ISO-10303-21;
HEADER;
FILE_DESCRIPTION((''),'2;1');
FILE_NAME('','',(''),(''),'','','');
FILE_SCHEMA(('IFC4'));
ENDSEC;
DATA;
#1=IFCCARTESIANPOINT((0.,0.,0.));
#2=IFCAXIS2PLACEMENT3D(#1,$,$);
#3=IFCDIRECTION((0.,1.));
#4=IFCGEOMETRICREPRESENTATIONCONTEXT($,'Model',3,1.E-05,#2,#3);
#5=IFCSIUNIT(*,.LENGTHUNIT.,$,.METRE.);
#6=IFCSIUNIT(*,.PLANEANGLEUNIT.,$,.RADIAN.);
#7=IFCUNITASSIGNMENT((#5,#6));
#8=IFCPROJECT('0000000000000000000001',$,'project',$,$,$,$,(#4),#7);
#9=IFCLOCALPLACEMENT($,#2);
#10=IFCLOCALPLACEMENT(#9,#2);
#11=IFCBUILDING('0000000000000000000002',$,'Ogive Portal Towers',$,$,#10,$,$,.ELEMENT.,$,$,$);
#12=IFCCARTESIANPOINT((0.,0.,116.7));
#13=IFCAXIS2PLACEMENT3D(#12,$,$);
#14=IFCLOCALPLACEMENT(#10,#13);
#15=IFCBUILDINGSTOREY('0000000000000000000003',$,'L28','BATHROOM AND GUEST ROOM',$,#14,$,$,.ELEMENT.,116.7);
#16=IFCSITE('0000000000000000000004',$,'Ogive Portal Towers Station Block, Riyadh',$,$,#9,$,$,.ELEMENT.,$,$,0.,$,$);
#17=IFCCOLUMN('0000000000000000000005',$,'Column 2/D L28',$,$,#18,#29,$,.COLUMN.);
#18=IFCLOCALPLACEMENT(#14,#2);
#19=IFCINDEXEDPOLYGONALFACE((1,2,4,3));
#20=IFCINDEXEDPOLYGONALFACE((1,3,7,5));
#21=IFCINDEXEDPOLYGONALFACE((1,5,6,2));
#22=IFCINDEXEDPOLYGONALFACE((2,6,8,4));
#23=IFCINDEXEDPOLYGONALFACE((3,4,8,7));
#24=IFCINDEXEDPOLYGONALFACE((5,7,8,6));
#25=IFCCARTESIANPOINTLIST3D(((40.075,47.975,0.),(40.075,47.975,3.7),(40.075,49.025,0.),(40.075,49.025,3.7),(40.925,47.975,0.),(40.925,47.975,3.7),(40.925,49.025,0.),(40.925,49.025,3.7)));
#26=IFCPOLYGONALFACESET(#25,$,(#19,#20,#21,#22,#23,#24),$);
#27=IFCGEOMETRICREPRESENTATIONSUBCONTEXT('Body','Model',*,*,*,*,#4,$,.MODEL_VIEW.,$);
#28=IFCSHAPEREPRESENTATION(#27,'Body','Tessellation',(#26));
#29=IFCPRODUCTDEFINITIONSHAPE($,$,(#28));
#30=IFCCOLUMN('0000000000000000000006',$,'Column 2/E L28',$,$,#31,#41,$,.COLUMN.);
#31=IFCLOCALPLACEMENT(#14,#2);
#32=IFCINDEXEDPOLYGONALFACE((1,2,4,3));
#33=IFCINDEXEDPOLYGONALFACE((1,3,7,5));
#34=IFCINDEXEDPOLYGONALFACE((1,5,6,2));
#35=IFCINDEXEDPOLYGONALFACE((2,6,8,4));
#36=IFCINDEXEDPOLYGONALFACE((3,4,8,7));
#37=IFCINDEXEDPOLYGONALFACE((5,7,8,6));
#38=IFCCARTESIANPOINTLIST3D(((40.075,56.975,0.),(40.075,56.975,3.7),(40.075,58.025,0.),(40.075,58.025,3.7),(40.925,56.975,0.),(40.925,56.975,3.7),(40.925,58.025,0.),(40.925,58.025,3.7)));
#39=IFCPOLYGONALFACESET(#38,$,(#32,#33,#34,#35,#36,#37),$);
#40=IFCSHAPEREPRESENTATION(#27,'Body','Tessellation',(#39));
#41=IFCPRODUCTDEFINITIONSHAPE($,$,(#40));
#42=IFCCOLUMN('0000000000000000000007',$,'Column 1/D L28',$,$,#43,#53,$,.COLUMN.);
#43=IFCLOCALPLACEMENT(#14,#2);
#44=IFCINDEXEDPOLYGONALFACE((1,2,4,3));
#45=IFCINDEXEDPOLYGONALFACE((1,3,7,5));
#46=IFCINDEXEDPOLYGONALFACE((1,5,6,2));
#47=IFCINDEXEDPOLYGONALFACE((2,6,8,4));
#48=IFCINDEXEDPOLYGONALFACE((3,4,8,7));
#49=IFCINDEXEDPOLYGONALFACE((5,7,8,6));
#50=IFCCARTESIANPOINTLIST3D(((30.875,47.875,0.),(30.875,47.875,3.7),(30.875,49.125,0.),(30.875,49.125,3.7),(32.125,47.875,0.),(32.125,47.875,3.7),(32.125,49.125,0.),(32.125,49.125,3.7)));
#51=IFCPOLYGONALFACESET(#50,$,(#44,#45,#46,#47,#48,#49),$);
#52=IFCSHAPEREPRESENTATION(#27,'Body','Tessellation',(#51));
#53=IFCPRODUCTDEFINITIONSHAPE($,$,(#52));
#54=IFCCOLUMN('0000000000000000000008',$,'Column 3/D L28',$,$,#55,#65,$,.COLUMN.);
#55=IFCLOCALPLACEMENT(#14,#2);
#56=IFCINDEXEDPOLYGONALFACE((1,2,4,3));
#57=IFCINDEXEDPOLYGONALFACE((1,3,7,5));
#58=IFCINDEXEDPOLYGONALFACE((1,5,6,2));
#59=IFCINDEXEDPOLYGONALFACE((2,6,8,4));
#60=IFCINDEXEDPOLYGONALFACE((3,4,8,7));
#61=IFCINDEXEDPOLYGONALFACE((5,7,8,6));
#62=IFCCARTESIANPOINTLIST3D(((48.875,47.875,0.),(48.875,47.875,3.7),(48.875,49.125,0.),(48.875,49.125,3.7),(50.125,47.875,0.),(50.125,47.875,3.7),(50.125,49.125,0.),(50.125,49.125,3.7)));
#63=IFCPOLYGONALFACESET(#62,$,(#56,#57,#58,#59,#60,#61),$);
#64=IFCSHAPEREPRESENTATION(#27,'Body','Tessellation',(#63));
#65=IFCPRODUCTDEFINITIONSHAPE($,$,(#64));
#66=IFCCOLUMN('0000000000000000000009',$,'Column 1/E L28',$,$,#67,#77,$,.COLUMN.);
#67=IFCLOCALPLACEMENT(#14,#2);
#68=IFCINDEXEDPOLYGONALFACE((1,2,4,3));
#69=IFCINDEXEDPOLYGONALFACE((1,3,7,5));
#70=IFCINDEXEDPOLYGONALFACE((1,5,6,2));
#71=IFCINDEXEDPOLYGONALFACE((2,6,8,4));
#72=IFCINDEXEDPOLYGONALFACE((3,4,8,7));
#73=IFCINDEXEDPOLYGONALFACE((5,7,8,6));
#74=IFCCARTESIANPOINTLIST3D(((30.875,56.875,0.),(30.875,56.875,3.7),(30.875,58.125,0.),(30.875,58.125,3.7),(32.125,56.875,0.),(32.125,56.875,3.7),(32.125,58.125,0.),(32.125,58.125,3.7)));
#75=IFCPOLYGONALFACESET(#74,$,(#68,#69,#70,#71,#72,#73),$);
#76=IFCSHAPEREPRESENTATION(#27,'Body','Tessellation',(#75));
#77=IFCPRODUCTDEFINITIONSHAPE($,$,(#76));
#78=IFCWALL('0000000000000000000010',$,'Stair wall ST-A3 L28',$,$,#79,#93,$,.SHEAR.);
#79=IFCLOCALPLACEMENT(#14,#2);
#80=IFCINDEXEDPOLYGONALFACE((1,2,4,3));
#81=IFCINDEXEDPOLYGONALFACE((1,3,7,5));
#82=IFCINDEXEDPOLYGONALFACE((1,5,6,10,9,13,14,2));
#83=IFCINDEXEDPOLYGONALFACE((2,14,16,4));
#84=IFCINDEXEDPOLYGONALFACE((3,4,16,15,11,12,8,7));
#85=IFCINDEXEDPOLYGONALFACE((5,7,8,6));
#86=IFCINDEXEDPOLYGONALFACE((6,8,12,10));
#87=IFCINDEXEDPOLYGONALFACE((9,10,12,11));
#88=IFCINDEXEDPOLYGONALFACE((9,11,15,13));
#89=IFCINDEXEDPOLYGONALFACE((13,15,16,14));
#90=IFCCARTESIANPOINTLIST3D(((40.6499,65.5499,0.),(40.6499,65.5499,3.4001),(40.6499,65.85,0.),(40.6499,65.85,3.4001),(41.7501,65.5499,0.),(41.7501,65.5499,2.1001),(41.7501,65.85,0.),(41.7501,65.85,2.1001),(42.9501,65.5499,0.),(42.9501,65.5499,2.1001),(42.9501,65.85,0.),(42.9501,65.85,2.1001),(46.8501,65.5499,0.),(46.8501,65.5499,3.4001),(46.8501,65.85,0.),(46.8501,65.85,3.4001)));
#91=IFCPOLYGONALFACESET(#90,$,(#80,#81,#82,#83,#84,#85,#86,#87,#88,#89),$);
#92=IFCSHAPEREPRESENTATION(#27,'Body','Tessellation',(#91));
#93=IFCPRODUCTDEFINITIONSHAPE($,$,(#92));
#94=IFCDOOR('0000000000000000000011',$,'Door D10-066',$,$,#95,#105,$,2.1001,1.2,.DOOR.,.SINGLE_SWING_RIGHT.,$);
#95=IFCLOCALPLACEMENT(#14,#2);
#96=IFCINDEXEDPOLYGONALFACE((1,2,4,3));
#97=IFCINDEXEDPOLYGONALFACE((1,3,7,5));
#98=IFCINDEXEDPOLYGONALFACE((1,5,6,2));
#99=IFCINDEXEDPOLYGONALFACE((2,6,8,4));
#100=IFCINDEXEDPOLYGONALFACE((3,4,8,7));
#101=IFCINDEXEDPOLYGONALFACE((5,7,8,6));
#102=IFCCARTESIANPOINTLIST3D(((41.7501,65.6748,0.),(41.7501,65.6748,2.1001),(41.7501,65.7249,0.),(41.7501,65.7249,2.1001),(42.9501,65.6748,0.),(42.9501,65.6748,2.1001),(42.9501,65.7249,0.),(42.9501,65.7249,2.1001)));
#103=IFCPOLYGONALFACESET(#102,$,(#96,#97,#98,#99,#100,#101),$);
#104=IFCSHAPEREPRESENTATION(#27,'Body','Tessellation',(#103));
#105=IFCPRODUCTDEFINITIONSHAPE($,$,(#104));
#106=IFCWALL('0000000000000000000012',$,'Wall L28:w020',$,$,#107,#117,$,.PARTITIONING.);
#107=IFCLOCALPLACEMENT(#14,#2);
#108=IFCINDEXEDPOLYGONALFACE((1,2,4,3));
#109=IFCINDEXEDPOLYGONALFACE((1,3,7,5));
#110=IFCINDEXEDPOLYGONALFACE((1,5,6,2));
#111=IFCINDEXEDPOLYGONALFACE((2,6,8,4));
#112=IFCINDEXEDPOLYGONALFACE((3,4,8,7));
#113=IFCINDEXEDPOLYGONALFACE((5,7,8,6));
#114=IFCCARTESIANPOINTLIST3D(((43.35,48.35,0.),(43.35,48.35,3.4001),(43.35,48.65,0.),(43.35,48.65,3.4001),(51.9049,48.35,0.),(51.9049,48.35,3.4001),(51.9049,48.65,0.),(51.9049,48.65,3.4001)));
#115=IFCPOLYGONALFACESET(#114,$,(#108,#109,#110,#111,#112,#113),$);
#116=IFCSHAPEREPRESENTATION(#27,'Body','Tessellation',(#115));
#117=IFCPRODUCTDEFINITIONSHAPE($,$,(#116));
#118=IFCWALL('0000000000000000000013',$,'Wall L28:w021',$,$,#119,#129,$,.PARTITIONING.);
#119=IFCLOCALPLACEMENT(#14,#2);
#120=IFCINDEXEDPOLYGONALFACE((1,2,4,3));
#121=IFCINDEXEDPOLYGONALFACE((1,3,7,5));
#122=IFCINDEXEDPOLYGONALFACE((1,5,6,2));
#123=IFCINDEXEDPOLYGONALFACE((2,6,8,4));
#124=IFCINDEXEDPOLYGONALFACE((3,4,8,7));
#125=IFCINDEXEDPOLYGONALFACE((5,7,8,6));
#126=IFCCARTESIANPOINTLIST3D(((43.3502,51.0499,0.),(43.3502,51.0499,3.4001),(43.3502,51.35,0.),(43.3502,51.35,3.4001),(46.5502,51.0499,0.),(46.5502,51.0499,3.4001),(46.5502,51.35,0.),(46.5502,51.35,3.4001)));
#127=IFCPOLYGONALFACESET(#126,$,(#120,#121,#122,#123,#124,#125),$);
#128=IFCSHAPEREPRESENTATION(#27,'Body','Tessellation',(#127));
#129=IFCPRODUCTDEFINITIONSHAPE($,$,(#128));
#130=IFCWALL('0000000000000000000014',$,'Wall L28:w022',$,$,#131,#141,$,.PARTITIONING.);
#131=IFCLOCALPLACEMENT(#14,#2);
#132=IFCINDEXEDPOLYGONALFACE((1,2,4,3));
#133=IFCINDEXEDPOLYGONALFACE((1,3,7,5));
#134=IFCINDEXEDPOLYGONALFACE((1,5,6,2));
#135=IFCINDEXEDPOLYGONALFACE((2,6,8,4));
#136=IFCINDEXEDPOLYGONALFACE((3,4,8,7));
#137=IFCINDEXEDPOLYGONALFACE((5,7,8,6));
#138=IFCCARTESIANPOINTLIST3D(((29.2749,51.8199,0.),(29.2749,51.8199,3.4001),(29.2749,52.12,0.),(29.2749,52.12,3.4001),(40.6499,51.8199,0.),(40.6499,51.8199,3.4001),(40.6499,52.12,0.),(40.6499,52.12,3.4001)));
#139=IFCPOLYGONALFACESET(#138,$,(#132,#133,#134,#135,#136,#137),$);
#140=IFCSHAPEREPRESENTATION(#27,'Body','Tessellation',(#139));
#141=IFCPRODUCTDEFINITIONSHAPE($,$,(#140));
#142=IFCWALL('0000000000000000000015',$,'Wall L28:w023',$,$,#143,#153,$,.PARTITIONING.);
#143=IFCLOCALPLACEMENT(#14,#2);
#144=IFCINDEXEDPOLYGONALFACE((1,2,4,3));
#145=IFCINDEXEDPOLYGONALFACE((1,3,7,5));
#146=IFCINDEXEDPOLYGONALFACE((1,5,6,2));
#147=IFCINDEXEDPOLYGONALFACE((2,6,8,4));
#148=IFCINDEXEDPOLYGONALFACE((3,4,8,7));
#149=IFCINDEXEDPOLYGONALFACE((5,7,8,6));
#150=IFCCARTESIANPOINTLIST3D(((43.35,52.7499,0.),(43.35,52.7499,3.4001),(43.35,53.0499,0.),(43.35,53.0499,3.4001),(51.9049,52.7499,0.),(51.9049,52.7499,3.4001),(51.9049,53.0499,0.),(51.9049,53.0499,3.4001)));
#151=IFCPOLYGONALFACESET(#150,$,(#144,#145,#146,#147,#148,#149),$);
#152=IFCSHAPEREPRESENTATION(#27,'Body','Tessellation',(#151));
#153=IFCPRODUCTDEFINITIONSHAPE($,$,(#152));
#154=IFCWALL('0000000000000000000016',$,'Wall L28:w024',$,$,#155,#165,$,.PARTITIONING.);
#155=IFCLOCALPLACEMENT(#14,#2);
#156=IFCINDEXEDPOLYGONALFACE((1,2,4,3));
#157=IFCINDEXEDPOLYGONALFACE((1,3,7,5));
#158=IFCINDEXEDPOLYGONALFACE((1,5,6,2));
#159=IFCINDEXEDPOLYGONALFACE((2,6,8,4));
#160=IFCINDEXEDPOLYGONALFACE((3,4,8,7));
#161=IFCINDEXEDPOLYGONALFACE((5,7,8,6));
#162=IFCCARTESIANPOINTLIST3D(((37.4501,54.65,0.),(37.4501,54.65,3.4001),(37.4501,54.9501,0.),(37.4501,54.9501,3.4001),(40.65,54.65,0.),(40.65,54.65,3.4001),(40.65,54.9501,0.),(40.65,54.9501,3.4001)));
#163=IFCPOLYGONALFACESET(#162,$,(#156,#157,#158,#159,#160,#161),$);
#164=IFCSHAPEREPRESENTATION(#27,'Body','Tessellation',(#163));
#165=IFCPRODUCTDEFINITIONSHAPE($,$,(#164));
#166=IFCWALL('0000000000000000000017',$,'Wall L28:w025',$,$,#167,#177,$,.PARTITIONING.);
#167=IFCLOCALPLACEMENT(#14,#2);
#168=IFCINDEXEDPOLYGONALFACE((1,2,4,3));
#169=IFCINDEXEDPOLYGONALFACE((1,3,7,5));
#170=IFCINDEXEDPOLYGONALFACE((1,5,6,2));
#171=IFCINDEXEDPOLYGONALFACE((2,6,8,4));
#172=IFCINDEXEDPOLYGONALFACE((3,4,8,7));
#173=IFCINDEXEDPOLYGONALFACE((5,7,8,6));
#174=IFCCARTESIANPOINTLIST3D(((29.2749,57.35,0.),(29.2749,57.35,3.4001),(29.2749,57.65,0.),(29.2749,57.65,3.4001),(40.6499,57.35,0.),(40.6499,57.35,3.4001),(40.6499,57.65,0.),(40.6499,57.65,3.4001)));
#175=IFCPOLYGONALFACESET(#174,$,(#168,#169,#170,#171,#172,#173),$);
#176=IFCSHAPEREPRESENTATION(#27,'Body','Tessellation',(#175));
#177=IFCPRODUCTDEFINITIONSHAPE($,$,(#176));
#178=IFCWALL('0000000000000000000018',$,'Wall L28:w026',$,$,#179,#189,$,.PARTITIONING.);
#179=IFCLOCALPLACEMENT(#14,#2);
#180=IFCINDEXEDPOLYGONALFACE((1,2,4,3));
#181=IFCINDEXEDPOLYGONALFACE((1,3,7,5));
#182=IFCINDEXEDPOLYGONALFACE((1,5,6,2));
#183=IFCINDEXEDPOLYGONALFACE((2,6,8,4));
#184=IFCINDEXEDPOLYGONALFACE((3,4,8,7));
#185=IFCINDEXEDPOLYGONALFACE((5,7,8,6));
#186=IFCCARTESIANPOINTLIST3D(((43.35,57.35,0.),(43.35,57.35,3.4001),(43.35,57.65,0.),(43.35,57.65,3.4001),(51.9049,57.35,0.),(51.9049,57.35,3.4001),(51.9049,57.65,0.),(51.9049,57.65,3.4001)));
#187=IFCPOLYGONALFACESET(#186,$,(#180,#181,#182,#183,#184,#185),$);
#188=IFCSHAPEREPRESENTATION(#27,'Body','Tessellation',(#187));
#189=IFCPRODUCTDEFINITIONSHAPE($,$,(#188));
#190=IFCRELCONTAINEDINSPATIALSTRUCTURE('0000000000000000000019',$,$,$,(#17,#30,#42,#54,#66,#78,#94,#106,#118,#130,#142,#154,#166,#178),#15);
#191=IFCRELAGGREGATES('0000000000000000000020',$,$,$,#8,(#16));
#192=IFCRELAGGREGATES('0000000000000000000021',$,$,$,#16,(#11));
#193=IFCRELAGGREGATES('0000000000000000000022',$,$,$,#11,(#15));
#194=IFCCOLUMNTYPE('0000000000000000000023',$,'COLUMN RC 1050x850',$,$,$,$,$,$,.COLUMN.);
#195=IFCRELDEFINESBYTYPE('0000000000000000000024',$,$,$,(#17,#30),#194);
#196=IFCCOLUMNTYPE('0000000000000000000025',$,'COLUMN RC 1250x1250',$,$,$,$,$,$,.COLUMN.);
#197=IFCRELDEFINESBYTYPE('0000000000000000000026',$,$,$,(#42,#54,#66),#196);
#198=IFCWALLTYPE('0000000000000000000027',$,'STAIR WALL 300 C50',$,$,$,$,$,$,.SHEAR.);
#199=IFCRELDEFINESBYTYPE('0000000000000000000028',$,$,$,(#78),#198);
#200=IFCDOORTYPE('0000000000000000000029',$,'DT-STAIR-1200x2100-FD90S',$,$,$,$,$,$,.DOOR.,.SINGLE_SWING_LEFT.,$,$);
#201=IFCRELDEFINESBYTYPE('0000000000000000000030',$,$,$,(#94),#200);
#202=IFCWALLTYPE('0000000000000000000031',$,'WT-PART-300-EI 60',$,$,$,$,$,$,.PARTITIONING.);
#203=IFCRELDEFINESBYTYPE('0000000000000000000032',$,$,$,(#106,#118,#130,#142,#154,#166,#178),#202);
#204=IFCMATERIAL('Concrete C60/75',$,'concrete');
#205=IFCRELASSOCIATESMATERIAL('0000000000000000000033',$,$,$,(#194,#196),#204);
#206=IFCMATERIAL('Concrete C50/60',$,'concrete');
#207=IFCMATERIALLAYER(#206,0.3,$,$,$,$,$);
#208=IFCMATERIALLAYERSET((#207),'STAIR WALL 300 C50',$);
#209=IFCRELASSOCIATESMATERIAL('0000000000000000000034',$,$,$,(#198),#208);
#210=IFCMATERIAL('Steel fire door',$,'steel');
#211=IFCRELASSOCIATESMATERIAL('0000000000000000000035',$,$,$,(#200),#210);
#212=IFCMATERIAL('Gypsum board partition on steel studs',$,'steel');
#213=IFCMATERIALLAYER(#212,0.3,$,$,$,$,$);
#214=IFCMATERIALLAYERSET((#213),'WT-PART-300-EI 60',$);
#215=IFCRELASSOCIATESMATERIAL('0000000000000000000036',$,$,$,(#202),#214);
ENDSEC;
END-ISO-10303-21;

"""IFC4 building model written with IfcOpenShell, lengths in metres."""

from ifc_helpers import new_model, si_unit, direction, frame, frame_2d, origin, origin_2d, place, context, subcontext, project, spatial, rectangle, extrude, material, layer, layer_set, material_profile, profile_set, type_object, element, fill, save


model = new_model("IFC4")

# Units and contexts
model_context = context("Model", 3, precision=1e-05, world=origin(), true_north=direction((0.0, 1.0)))
body_context = subcontext(model_context, "Body", "Model", "MODEL_VIEW")
ifc_project = project(units=[si_unit("LENGTHUNIT", "METRE"), si_unit("PLANEANGLEUNIT", "RADIAN")], contexts=[model_context])

# Site, building, storey
site_placement = place(None, origin())
site = spatial("IfcSite", under=ifc_project, at=site_placement, Name="Ogive Portal Towers Station Block, Riyadh", CompositionType="ELEMENT", RefElevation=0.0)
building_placement = place(site_placement, origin())
building = spatial("IfcBuilding", under=site, at=building_placement, Name="Ogive Portal Towers", CompositionType="ELEMENT")
storey_placement = place(building_placement, frame((0.0, 0.0, 116.7)))
storey = spatial("IfcBuildingStorey", under=building, at=storey_placement, Name="L28", Description="BATHROOM AND GUEST ROOM", CompositionType="ELEMENT", Elevation=116.7)

# Columns
ifc_material_1 = material(Name="Concrete C60/75", Category="concrete")
ifc_material_profile_1 = material_profile(ifc_material_1, rectangle(XDim=1.05, YDim=0.8501, at=origin_2d()), Name="RC 1050x850")
ifc_profile_set_1 = profile_set([ifc_material_profile_1], Name="Concrete C60/75")
column_type_1 = type_object("IfcColumnType", Name="COLUMN RC 1050x850", PredefinedType="COLUMN", material=ifc_profile_set_1)
for number, where, z_axis, x_axis, name in (
    (1, (40.5, 48.5, 0.0), (0.0, 0.0, 1.0), (0.0, 1.0, 0.0), "Column 2/D L28"),
    (2, (40.5, 57.5, 0.0), (0.0, 0.0, 1.0), (0.0, 1.0, 0.0), "Column 2/E L28"),
):
    element("IfcColumn", number, at=place(storey_placement, frame(where, z_axis=z_axis, x_axis=x_axis)), inside=storey, type_object=column_type_1, Name=name, PredefinedType="COLUMN", context=body_context, shape_type="SweptSolid", body=[
        extrude(rectangle(XDim=1.05, YDim=0.8501, at=origin_2d()), origin(), (0.0, 0.0, 1.0), 3.7),
    ])
ifc_material_profile_2 = material_profile(ifc_material_1, rectangle(XDim=1.25, YDim=1.25, at=origin_2d()), Name="RC 1250x1250")
ifc_profile_set_2 = profile_set([ifc_material_profile_2], Name="Concrete C60/75")
column_type_2 = type_object("IfcColumnType", Name="COLUMN RC 1250x1250", PredefinedType="COLUMN", material=ifc_profile_set_2)
for number, where, z_axis, x_axis, name in (
    (3, (31.5, 48.5, 0.0), (0.0, 0.0, 1.0), (1.0, 0.0, 0.0), "Column 1/D L28"),
    (4, (49.5, 48.5, 0.0), (0.0, 0.0, 1.0), (1.0, 0.0, 0.0), "Column 3/D L28"),
    (5, (31.5, 57.5, 0.0), (0.0, 0.0, 1.0), (1.0, 0.0, 0.0), "Column 1/E L28"),
):
    element("IfcColumn", number, at=place(storey_placement, frame(where, z_axis=z_axis, x_axis=x_axis)), inside=storey, type_object=column_type_2, Name=name, PredefinedType="COLUMN", context=body_context, shape_type="SweptSolid", body=[
        extrude(rectangle(XDim=1.25, YDim=1.25, at=origin_2d()), origin(), (0.0, 0.0, 1.0), 3.7),
    ])

# Wall, opening, door
ifc_material_2 = material(Name="Concrete C50/60", Category="concrete")
ifc_layer_1 = layer(ifc_material_2, 0.3)
ifc_layer_set_1 = layer_set([ifc_layer_1], Name="STAIR WALL 300 C50")
wall_type_1 = type_object("IfcWallType", Name="STAIR WALL 300 C50", PredefinedType="SHEAR", material=ifc_layer_set_1)
wall_1_placement = place(storey_placement, frame((40.6499, 65.7, 0.0), z_axis=(0.0, 0.0, 1.0), x_axis=(1.0, 0.0, 0.0)))
wall_1 = element("IfcWall", 6, at=wall_1_placement, inside=storey, type_object=wall_type_1, Name="Stair wall ST-A3 L28", PredefinedType="SHEAR", context=body_context, shape_type="SweptSolid", body=[
    extrude(rectangle(XDim=6.2002, YDim=0.3, at=frame_2d((3.1001, 0.0))), origin(), (0.0, 0.0, 1.0), 3.4001),
])
opening_1_placement = place(wall_1_placement, frame((1.1001, 0.0, 0.0)))
opening_1 = element("IfcOpeningElement", 7, at=opening_1_placement, cuts=wall_1, PredefinedType="OPENING", context=body_context, shape_type="SweptSolid", body=[
    extrude(rectangle(XDim=1.2, YDim=2.1001, at=frame_2d((0.6001, 1.05))), frame((0.0, 0.1602, 0.0), z_axis=(0.0, -1.0, 0.0), x_axis=(1.0, 0.0, 0.0)), (0.0, 0.0, 1.0), 0.3201),
])
ifc_material_3 = material(Name="Steel fire door", Category="steel")
door_type_1 = type_object("IfcDoorType", Name="DT-STAIR-1200x2100-FD90S", OperationType="SINGLE_SWING_LEFT", PredefinedType="DOOR", material=ifc_material_3)
door_1_placement = place(opening_1_placement, origin())
door_1 = element("IfcDoor", 8, at=door_1_placement, inside=storey, type_object=door_type_1, Name="Door D10-066", OperationType="SINGLE_SWING_RIGHT", OverallHeight=2.1001, OverallWidth=1.2, PredefinedType="DOOR", context=body_context, shape_type="SweptSolid", body=[
    extrude(rectangle(XDim=1.2, YDim=2.1001, at=frame_2d((0.6001, 1.05))), frame((0.0, 0.0249, 0.0), z_axis=(0.0, -1.0, 0.0), x_axis=(1.0, 0.0, 0.0)), (0.0, 0.0, 1.0), 0.05),
])
fill(opening_1, door_1)

# Walls
ifc_material_4 = material(Name="Gypsum board partition on steel studs", Category="steel")
ifc_layer_2 = layer(ifc_material_4, 0.3)
ifc_layer_set_2 = layer_set([ifc_layer_2], Name="WT-PART-300-EI 60")
wall_type_2 = type_object("IfcWallType", Name="WT-PART-300-EI 60", PredefinedType="PARTITIONING", material=ifc_layer_set_2)
wall_2_placement = place(storey_placement, frame((43.3501, 48.5, 0.0), z_axis=(0.0, 0.0, 1.0), x_axis=(1.0, 0.0, 0.0)))
element("IfcWall", 9, at=wall_2_placement, inside=storey, type_object=wall_type_2, Name="Wall L28:w020", PredefinedType="PARTITIONING", context=body_context, shape_type="SweptSolid", body=[
    extrude(rectangle(XDim=8.5549, YDim=0.3, at=frame_2d((4.2773, 0.0))), origin(), (0.0, 0.0, 1.0), 3.4001),
])
wall_3_placement = place(storey_placement, frame((43.3501, 51.2, 0.0), z_axis=(0.0, 0.0, 1.0), x_axis=(1.0, 0.0, 0.0)))
element("IfcWall", 10, at=wall_3_placement, inside=storey, type_object=wall_type_2, Name="Wall L28:w021", PredefinedType="PARTITIONING", context=body_context, shape_type="SweptSolid", body=[
    extrude(rectangle(XDim=3.2, YDim=0.3, at=frame_2d((1.6001, 0.0))), origin(), (0.0, 0.0, 1.0), 3.4001),
])
wall_4_placement = place(storey_placement, frame((29.2749, 51.97, 0.0), z_axis=(0.0, 0.0, 1.0), x_axis=(1.0, 0.0, 0.0)))
element("IfcWall", 11, at=wall_4_placement, inside=storey, type_object=wall_type_2, Name="Wall L28:w022", PredefinedType="PARTITIONING", context=body_context, shape_type="SweptSolid", body=[
    extrude(rectangle(XDim=11.375, YDim=0.3, at=frame_2d((5.6875, 0.0))), origin(), (0.0, 0.0, 1.0), 3.4001),
])
wall_5_placement = place(storey_placement, frame((43.3501, 52.8999, 0.0), z_axis=(0.0, 0.0, 1.0), x_axis=(1.0, 0.0, 0.0)))
element("IfcWall", 12, at=wall_5_placement, inside=storey, type_object=wall_type_2, Name="Wall L28:w023", PredefinedType="PARTITIONING", context=body_context, shape_type="SweptSolid", body=[
    extrude(rectangle(XDim=8.5549, YDim=0.3, at=frame_2d((4.2773, 0.0))), origin(), (0.0, 0.0, 1.0), 3.4001),
])
wall_6_placement = place(storey_placement, frame((37.45, 54.8, 0.0), z_axis=(0.0, 0.0, 1.0), x_axis=(1.0, 0.0, 0.0)))
element("IfcWall", 13, at=wall_6_placement, inside=storey, type_object=wall_type_2, Name="Wall L28:w024", PredefinedType="PARTITIONING", context=body_context, shape_type="SweptSolid", body=[
    extrude(rectangle(XDim=3.2, YDim=0.3, at=frame_2d((1.6001, 0.0))), origin(), (0.0, 0.0, 1.0), 3.4001),
])
wall_7_placement = place(storey_placement, frame((29.2749, 57.5, 0.0), z_axis=(0.0, 0.0, 1.0), x_axis=(1.0, 0.0, 0.0)))
element("IfcWall", 14, at=wall_7_placement, inside=storey, type_object=wall_type_2, Name="Wall L28:w025", PredefinedType="PARTITIONING", context=body_context, shape_type="SweptSolid", body=[
    extrude(rectangle(XDim=11.375, YDim=0.3, at=frame_2d((5.6875, 0.0))), origin(), (0.0, 0.0, 1.0), 3.4001),
])
wall_8_placement = place(storey_placement, frame((43.3501, 57.5, 0.0), z_axis=(0.0, 0.0, 1.0), x_axis=(1.0, 0.0, 0.0)))
element("IfcWall", 15, at=wall_8_placement, inside=storey, type_object=wall_type_2, Name="Wall L28:w026", PredefinedType="PARTITIONING", context=body_context, shape_type="SweptSolid", body=[
    extrude(rectangle(XDim=8.5549, YDim=0.3, at=frame_2d((4.2773, 0.0))), origin(), (0.0, 0.0, 1.0), 3.4001),
])

save(model, "model.ifc")
